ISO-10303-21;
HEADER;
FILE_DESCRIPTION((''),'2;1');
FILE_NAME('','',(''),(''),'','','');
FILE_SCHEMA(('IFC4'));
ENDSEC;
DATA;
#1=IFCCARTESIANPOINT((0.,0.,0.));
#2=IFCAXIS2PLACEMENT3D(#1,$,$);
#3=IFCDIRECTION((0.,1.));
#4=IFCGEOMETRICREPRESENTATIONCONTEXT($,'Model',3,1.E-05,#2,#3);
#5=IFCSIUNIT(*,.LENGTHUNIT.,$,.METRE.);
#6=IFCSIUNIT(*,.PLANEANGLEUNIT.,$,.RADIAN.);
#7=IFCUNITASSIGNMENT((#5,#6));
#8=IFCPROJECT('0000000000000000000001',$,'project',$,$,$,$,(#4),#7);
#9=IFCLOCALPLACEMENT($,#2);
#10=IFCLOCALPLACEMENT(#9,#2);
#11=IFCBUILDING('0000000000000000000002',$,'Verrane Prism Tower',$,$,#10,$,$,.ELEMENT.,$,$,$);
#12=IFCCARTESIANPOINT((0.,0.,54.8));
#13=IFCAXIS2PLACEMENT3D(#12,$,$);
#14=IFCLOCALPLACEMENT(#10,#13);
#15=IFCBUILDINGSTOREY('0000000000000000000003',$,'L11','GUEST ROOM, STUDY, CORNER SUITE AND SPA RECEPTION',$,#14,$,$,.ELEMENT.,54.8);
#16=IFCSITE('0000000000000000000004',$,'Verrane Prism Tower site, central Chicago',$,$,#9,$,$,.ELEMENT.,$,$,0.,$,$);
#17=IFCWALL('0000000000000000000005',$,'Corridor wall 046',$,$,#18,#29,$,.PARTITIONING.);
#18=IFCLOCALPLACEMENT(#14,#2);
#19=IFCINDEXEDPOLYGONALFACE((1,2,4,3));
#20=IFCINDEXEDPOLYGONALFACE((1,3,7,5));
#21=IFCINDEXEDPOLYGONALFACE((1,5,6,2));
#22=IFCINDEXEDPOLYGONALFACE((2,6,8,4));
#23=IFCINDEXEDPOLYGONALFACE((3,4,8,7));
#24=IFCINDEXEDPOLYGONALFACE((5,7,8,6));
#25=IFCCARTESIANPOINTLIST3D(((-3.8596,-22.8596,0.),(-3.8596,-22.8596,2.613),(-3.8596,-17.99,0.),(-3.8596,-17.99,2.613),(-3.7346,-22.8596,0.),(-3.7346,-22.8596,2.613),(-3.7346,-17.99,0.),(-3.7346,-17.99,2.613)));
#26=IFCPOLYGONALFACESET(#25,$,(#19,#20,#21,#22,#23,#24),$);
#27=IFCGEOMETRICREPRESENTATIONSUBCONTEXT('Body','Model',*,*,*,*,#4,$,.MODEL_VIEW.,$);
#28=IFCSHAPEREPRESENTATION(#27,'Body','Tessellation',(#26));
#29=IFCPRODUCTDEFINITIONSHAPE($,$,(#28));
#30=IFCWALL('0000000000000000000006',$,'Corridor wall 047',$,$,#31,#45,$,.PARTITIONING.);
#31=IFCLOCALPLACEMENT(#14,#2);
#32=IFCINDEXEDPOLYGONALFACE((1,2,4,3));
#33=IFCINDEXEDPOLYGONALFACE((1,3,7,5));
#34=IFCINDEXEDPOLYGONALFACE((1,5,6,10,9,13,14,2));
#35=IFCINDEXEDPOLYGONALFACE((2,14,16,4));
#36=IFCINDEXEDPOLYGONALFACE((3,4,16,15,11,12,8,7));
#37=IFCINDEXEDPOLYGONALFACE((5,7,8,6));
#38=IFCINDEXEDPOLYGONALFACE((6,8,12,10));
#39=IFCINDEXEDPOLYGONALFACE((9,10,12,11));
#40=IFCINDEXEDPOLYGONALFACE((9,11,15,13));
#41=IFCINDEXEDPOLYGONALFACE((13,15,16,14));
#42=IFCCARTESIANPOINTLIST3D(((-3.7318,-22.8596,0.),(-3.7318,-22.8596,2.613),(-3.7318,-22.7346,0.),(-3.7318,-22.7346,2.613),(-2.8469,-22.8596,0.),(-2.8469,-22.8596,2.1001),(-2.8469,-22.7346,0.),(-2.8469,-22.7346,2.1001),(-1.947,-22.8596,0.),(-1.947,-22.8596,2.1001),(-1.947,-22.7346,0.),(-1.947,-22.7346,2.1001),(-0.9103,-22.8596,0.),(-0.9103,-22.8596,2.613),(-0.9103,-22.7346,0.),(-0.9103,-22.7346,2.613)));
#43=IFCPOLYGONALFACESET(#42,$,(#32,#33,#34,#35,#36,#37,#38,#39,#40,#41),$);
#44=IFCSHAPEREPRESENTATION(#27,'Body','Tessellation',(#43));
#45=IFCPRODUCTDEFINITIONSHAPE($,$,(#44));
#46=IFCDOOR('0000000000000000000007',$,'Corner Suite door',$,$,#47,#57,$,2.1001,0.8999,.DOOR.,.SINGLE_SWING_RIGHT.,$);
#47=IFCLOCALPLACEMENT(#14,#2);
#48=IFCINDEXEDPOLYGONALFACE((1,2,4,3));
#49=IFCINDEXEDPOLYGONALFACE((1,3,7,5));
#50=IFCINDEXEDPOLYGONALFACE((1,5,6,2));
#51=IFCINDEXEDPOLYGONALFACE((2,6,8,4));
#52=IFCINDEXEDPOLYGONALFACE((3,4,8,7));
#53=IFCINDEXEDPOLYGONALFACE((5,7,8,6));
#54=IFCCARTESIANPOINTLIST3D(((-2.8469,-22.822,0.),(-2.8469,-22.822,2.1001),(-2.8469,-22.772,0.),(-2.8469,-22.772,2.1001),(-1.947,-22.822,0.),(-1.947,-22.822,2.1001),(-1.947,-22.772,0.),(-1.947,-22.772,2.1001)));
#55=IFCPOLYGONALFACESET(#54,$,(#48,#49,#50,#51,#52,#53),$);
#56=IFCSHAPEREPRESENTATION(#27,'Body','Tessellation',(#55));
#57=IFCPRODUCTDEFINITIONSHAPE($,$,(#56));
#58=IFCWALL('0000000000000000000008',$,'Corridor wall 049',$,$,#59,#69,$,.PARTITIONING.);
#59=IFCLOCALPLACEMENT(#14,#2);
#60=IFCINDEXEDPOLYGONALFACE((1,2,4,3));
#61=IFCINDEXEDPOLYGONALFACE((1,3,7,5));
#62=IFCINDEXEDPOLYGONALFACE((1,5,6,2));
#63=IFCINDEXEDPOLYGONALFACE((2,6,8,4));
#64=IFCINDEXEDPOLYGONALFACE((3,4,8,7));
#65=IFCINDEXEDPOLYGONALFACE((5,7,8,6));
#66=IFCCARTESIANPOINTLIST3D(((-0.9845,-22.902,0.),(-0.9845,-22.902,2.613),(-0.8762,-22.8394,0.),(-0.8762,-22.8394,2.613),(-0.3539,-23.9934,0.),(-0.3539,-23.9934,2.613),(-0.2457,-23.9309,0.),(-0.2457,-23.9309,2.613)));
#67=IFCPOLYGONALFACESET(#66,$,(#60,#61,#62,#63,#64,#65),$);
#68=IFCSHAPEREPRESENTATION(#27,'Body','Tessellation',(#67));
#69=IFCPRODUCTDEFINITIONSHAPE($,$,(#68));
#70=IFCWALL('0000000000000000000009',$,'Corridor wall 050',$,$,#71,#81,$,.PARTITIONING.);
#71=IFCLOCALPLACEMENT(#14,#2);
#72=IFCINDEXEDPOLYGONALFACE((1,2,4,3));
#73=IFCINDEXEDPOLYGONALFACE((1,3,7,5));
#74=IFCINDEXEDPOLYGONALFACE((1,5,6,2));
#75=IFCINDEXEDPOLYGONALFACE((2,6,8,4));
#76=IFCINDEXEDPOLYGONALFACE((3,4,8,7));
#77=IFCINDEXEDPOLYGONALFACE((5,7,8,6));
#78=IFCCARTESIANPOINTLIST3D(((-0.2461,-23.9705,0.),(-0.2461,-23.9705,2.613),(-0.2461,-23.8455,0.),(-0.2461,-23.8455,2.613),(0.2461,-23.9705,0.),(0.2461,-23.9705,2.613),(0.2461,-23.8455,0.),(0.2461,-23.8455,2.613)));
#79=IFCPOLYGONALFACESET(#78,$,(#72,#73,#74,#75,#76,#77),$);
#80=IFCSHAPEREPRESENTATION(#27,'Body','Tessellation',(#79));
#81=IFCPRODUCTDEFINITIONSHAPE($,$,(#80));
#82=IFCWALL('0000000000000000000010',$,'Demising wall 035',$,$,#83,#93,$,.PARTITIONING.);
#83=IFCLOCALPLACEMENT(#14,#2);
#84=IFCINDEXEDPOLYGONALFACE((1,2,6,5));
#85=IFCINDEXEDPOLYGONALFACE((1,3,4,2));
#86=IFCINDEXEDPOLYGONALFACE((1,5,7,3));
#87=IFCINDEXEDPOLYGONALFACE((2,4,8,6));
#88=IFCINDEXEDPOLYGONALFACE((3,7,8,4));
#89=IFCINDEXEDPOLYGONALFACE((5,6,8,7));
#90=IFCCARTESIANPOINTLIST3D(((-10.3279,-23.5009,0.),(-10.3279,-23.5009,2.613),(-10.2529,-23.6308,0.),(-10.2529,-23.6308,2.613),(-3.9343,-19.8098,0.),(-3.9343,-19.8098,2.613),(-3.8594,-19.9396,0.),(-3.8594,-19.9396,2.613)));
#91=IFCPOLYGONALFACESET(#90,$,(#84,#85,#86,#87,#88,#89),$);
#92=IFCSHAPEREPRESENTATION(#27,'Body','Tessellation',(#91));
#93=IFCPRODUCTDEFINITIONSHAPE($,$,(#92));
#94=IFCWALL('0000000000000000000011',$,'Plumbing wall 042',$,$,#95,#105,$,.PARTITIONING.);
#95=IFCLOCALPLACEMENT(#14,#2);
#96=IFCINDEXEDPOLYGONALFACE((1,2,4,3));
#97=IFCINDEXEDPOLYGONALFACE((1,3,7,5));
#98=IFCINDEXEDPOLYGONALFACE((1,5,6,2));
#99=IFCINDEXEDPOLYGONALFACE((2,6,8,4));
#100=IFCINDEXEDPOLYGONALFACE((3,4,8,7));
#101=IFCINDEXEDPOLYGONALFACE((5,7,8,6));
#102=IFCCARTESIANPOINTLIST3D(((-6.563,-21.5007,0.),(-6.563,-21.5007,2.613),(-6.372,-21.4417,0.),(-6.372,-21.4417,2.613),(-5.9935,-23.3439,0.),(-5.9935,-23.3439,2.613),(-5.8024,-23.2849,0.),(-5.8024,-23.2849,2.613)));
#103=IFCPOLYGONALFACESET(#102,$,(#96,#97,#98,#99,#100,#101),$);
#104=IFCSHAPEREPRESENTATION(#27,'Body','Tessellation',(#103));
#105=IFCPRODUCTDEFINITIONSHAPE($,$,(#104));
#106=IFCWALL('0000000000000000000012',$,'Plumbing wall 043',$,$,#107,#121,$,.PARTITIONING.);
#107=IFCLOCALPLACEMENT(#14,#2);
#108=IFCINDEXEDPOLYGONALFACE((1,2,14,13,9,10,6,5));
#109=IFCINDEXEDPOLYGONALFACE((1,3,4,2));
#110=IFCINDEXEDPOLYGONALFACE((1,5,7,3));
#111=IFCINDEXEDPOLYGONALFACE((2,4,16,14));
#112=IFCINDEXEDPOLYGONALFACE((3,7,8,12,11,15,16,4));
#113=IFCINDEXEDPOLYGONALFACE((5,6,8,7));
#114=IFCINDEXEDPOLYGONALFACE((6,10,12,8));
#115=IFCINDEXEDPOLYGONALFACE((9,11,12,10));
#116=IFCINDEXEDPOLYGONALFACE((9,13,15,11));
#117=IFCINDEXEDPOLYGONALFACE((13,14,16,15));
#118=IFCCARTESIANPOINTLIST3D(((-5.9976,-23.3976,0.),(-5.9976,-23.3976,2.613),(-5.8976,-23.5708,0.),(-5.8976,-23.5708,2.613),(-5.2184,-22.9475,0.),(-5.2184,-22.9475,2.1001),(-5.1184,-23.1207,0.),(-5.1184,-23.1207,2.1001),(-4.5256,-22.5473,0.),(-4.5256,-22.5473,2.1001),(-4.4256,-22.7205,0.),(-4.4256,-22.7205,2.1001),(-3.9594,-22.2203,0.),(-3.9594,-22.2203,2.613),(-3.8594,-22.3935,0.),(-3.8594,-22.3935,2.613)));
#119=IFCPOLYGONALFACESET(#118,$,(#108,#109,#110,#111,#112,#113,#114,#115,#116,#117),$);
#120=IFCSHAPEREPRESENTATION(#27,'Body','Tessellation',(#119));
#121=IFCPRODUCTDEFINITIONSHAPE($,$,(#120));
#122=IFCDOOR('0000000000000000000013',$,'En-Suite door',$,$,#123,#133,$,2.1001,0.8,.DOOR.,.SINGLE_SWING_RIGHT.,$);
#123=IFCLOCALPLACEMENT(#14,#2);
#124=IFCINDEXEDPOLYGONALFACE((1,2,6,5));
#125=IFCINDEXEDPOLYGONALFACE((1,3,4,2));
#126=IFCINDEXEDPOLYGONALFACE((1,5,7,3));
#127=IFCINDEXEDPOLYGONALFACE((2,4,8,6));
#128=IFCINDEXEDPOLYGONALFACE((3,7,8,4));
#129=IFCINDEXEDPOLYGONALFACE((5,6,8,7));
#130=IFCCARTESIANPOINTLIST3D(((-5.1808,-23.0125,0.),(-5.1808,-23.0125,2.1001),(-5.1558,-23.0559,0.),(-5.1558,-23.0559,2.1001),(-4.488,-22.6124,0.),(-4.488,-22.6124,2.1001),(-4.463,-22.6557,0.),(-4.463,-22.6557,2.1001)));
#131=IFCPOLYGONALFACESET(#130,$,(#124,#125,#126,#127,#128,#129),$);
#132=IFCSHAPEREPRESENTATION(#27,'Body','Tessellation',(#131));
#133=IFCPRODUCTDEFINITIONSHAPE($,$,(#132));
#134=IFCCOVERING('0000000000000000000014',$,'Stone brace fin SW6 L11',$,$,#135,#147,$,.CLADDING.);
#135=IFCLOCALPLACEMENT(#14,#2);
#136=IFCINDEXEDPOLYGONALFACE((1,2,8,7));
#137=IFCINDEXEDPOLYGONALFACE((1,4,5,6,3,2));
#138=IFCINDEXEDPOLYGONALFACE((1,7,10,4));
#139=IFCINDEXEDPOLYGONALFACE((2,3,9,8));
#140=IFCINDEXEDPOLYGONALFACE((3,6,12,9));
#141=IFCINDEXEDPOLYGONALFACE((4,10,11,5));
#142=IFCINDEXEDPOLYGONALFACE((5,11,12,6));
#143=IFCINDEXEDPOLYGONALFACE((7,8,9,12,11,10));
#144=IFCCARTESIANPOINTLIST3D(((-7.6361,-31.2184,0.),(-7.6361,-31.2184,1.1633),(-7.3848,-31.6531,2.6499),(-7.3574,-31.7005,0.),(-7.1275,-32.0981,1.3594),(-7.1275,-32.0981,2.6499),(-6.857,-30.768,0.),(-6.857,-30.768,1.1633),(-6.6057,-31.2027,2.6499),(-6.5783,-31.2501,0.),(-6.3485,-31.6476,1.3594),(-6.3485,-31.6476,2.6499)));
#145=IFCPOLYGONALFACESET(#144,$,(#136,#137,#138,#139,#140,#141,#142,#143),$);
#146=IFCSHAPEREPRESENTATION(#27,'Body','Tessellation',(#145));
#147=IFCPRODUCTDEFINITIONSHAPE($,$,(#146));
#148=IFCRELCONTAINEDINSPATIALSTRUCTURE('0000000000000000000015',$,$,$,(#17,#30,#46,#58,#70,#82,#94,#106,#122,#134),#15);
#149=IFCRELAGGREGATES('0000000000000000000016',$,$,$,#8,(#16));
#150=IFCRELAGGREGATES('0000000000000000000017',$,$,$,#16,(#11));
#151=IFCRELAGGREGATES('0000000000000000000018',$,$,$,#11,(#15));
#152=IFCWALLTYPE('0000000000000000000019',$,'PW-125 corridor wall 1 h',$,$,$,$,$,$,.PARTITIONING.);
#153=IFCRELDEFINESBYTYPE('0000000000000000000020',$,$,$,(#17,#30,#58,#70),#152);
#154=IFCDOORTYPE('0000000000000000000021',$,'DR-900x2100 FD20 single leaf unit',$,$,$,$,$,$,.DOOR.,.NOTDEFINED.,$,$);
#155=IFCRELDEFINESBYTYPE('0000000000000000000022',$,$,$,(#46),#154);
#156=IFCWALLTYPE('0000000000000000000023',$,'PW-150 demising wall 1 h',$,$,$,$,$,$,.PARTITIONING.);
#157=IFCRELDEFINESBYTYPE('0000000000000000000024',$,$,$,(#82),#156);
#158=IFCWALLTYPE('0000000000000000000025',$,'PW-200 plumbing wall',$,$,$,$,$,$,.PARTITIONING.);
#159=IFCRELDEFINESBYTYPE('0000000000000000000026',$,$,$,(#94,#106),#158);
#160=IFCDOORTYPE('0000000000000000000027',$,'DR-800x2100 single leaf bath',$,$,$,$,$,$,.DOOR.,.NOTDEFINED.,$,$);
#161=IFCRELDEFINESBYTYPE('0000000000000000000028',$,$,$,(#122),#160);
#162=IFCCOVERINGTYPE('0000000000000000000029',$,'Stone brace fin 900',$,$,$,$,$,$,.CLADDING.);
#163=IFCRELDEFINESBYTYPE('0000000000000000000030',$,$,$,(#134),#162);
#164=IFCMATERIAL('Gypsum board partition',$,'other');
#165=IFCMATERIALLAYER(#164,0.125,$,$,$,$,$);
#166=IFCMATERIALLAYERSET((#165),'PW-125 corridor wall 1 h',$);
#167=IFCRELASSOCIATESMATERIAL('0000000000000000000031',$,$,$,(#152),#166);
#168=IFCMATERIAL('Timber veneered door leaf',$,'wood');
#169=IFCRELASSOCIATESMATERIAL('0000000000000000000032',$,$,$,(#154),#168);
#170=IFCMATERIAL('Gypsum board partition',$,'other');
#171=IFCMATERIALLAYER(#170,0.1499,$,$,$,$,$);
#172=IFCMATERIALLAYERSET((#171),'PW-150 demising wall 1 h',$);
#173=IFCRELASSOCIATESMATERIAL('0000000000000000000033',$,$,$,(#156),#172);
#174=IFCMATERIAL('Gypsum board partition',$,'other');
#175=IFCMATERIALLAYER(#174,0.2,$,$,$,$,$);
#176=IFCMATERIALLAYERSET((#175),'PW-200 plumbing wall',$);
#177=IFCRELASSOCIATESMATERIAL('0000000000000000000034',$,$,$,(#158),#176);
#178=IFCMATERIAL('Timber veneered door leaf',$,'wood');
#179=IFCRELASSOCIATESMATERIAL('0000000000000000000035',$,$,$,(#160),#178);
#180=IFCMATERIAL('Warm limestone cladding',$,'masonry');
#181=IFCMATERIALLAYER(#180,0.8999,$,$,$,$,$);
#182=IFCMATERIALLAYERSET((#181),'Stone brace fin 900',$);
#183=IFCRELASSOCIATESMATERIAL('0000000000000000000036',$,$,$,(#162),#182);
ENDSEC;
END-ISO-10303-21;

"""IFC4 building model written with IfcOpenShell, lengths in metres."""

from ifc_helpers import new_model, si_unit, direction, frame, frame_2d, origin, place, context, subcontext, project, spatial, polyline, rectangle, outline, extrude, material, layer, layer_set, type_object, element, fill, save


model = new_model("IFC4")

# Units and contexts
model_context = context("Model", 3, precision=1e-05, world=origin(), true_north=direction((0.0, 1.0)))
body_context = subcontext(model_context, "Body", "Model", "MODEL_VIEW")
ifc_project = project(units=[si_unit("LENGTHUNIT", "METRE"), si_unit("PLANEANGLEUNIT", "RADIAN")], contexts=[model_context])

# Site, building, storey
site_placement = place(None, origin())
site = spatial("IfcSite", under=ifc_project, at=site_placement, Name="Verrane Prism Tower site, central Chicago", CompositionType="ELEMENT", RefElevation=0.0)
building_placement = place(site_placement, origin())
building = spatial("IfcBuilding", under=site, at=building_placement, Name="Verrane Prism Tower", CompositionType="ELEMENT")
storey_placement = place(building_placement, frame((0.0, 0.0, 54.8)))
storey = spatial("IfcBuildingStorey", under=building, at=storey_placement, Name="L11", Description="GUEST ROOM, STUDY, CORNER SUITE AND SPA RECEPTION", CompositionType="ELEMENT", Elevation=54.8)

# Wall
ifc_material_1 = material(Name="Gypsum board partition", Category="other")
ifc_layer_1 = layer(ifc_material_1, 0.125)
ifc_layer_set_1 = layer_set([ifc_layer_1], Name="PW-125 corridor wall 1 h")
wall_type_1 = type_object("IfcWallType", Name="PW-125 corridor wall 1 h", PredefinedType="PARTITIONING", material=ifc_layer_set_1)
wall_1_placement = place(storey_placement, frame((-3.7971, -22.8596, 0.0), z_axis=(0.0, 0.0, 1.0), x_axis=(0.0, 1.0, 0.0)))
element("IfcWall", 1, at=wall_1_placement, inside=storey, type_object=wall_type_1, Name="Corridor wall 046", PredefinedType="PARTITIONING", context=body_context, shape_type="SweptSolid", body=[
    extrude(rectangle(XDim=4.8696, YDim=0.125, at=frame_2d((2.4348, 0.0))), origin(), (0.0, 0.0, 1.0), 2.613),
])

# Wall, opening, door
wall_2_placement = place(storey_placement, frame((-0.9104, -22.7971, 0.0), z_axis=(0.0, 0.0, 1.0), x_axis=(-1.0, 0.0, 0.0)))
wall_2 = element("IfcWall", 2, at=wall_2_placement, inside=storey, type_object=wall_type_1, Name="Corridor wall 047", PredefinedType="PARTITIONING", context=body_context, shape_type="SweptSolid", body=[
    extrude(rectangle(XDim=2.8215, YDim=0.125, at=frame_2d((1.4106, 0.0))), origin(), (0.0, 0.0, 1.0), 2.613),
])
opening_1_placement = place(wall_2_placement, frame((1.0366, 0.0, 0.0)))
opening_1 = element("IfcOpeningElement", 3, at=opening_1_placement, cuts=wall_2, PredefinedType="OPENING", context=body_context, shape_type="SweptSolid", body=[
    extrude(rectangle(XDim=0.8999, YDim=2.1001, at=frame_2d((0.45, 1.05))), frame((0.0, 0.0725, 0.0), z_axis=(0.0, -1.0, 0.0), x_axis=(1.0, 0.0, 0.0)), (0.0, 0.0, 1.0), 0.145),
])
ifc_material_2 = material(Name="Timber veneered door leaf", Category="wood")
door_type_1 = type_object("IfcDoorType", Name="DR-900x2100 FD20 single leaf unit", OperationType="NOTDEFINED", PredefinedType="DOOR", material=ifc_material_2)
door_1_placement = place(opening_1_placement, origin())
door_1 = element("IfcDoor", 4, at=door_1_placement, inside=storey, type_object=door_type_1, Name="Corner Suite door", OperationType="SINGLE_SWING_RIGHT", OverallHeight=2.1001, OverallWidth=0.8999, PredefinedType="DOOR", context=body_context, shape_type="SweptSolid", body=[
    extrude(rectangle(XDim=0.8999, YDim=2.1001, at=frame_2d((0.45, 1.05))), frame((0.0, 0.0249, 0.0), z_axis=(0.0, -1.0, 0.0), x_axis=(1.0, 0.0, 0.0)), (0.0, 0.0, 1.0), 0.05),
])
fill(opening_1, door_1)

# Walls
wall_3_placement = place(storey_placement, frame((-0.9304, -22.8706, 0.0), z_axis=(0.0, 0.0, 1.0), x_axis=(0.500242, -0.865886, 0.0)))
element("IfcWall", 5, at=wall_3_placement, inside=storey, type_object=wall_type_1, Name="Corridor wall 049", PredefinedType="PARTITIONING", context=body_context, shape_type="SweptSolid", body=[
    extrude(rectangle(XDim=1.2605, YDim=0.125, at=frame_2d((0.6304, 0.0))), origin(), (0.0, 0.0, 1.0), 2.613),
])
wall_4_placement = place(storey_placement, frame((-0.2461, -23.908, 0.0), z_axis=(0.0, 0.0, 1.0), x_axis=(1.0, 0.0, 0.0)))
element("IfcWall", 6, at=wall_4_placement, inside=storey, type_object=wall_type_1, Name="Corridor wall 050", PredefinedType="PARTITIONING", context=body_context, shape_type="SweptSolid", body=[
    extrude(rectangle(XDim=0.4922, YDim=0.125, at=frame_2d((0.2461, 0.0))), origin(), (0.0, 0.0, 1.0), 2.613),
])
ifc_material_3 = material(Name="Gypsum board partition", Category="other")
ifc_layer_2 = layer(ifc_material_3, 0.1499)
ifc_layer_set_2 = layer_set([ifc_layer_2], Name="PW-150 demising wall 1 h")
wall_type_2 = type_object("IfcWallType", Name="PW-150 demising wall 1 h", PredefinedType="PARTITIONING", material=ifc_layer_set_2)
wall_5_placement = place(storey_placement, frame((-10.2905, -23.5659, 0.0), z_axis=(0.0, 0.0, 1.0), x_axis=(0.866035, 0.499984, 0.0)))
element("IfcWall", 7, at=wall_5_placement, inside=storey, type_object=wall_type_2, Name="Demising wall 035", PredefinedType="PARTITIONING", context=body_context, shape_type="SweptSolid", body=[
    extrude(rectangle(XDim=7.3826, YDim=0.1499, at=frame_2d((3.6914, 0.0))), origin(), (0.0, 0.0, 1.0), 2.613),
])
ifc_material_4 = material(Name="Gypsum board partition", Category="other")
ifc_layer_3 = layer(ifc_material_4, 0.2)
ifc_layer_set_3 = layer_set([ifc_layer_3], Name="PW-200 plumbing wall")
wall_type_3 = type_object("IfcWallType", Name="PW-200 plumbing wall", PredefinedType="PARTITIONING", material=ifc_layer_set_3)
wall_6_placement = place(storey_placement, frame((-6.4675, -21.4712, 0.0), z_axis=(0.0, 0.0, 1.0), x_axis=(0.295233, -0.955425, 0.0)))
element("IfcWall", 8, at=wall_6_placement, inside=storey, type_object=wall_type_3, Name="Plumbing wall 042", PredefinedType="PARTITIONING", context=body_context, shape_type="SweptSolid", body=[
    extrude(rectangle(XDim=1.9292, YDim=0.2, at=frame_2d((0.9646, 0.0))), origin(), (0.0, 0.0, 1.0), 2.613),
])

# Wall, opening, door
wall_7_placement = place(storey_placement, frame((-5.9475, -23.4841, 0.0), z_axis=(0.0, 0.0, 1.0), x_axis=(0.865923, 0.500177, 0.0)))
wall_7 = element("IfcWall", 9, at=wall_7_placement, inside=storey, type_object=wall_type_3, Name="Plumbing wall 043", PredefinedType="PARTITIONING", context=body_context, shape_type="SweptSolid", body=[
    extrude(rectangle(XDim=2.3538, YDim=0.2, at=frame_2d((1.1768, 0.0))), origin(), (0.0, 0.0, 1.0), 2.613),
])
opening_2_placement = place(wall_7_placement, frame((0.8999, 0.0, 0.0)))
opening_2 = element("IfcOpeningElement", 10, at=opening_2_placement, cuts=wall_7, PredefinedType="OPENING", context=body_context, shape_type="SweptSolid", body=[
    extrude(rectangle(XDim=0.8, YDim=2.1001, at=frame_2d((0.3999, 1.05))), frame((0.0, 0.1099, 0.0), z_axis=(0.0, -1.0, 0.0), x_axis=(1.0, 0.0, 0.0)), (0.0, 0.0, 1.0), 0.22),
])
ifc_material_5 = material(Name="Timber veneered door leaf", Category="wood")
door_type_2 = type_object("IfcDoorType", Name="DR-800x2100 single leaf bath", OperationType="NOTDEFINED", PredefinedType="DOOR", material=ifc_material_5)
door_2_placement = place(opening_2_placement, origin())
door_2 = element("IfcDoor", 11, at=door_2_placement, inside=storey, type_object=door_type_2, Name="En-Suite door", OperationType="SINGLE_SWING_RIGHT", OverallHeight=2.1001, OverallWidth=0.8, PredefinedType="DOOR", context=body_context, shape_type="SweptSolid", body=[
    extrude(rectangle(XDim=0.8, YDim=2.1001, at=frame_2d((0.3999, 1.05))), frame((0.0, 0.0249, 0.0), z_axis=(0.0, -1.0, 0.0), x_axis=(1.0, 0.0, 0.0)), (0.0, 0.0, 1.0), 0.05),
])
fill(opening_2, door_2)

# Covering
ifc_material_6 = material(Name="Warm limestone cladding", Category="masonry")
ifc_layer_4 = layer(ifc_material_6, 0.8999)
ifc_layer_set_4 = layer_set([ifc_layer_4], Name="Stone brace fin 900")
covering_type = type_object("IfcCoveringType", Name="Stone brace fin 900", PredefinedType="CLADDING", material=ifc_layer_set_4)
covering_placement = place(storey_placement, frame((-7.2466, -30.9932, 0.0), z_axis=(0.0, 0.0, 1.0), x_axis=(0.500506, -0.865733, 0.0)))
element("IfcCovering", 12, at=covering_placement, inside=storey, type_object=covering_type, Name="Stone brace fin SW6 L11", PredefinedType="CLADDING", context=body_context, shape_type="SweptSolid", body=[
    extrude(outline(polyline([(1.0161, 2.6499), (0.5022, 2.6499), (0.0, 1.1633), (0.0, 0.0), (0.5569, 0.0), (1.0161, 1.3594), (1.0161, 2.6499)])), frame((0.0, 0.45, 0.0), z_axis=(0.0, -1.0, 0.0), x_axis=(1.0, 0.0, 0.0)), (0.0, 0.0, 1.0), 0.8999),
])

save(model, "model.ifc")
